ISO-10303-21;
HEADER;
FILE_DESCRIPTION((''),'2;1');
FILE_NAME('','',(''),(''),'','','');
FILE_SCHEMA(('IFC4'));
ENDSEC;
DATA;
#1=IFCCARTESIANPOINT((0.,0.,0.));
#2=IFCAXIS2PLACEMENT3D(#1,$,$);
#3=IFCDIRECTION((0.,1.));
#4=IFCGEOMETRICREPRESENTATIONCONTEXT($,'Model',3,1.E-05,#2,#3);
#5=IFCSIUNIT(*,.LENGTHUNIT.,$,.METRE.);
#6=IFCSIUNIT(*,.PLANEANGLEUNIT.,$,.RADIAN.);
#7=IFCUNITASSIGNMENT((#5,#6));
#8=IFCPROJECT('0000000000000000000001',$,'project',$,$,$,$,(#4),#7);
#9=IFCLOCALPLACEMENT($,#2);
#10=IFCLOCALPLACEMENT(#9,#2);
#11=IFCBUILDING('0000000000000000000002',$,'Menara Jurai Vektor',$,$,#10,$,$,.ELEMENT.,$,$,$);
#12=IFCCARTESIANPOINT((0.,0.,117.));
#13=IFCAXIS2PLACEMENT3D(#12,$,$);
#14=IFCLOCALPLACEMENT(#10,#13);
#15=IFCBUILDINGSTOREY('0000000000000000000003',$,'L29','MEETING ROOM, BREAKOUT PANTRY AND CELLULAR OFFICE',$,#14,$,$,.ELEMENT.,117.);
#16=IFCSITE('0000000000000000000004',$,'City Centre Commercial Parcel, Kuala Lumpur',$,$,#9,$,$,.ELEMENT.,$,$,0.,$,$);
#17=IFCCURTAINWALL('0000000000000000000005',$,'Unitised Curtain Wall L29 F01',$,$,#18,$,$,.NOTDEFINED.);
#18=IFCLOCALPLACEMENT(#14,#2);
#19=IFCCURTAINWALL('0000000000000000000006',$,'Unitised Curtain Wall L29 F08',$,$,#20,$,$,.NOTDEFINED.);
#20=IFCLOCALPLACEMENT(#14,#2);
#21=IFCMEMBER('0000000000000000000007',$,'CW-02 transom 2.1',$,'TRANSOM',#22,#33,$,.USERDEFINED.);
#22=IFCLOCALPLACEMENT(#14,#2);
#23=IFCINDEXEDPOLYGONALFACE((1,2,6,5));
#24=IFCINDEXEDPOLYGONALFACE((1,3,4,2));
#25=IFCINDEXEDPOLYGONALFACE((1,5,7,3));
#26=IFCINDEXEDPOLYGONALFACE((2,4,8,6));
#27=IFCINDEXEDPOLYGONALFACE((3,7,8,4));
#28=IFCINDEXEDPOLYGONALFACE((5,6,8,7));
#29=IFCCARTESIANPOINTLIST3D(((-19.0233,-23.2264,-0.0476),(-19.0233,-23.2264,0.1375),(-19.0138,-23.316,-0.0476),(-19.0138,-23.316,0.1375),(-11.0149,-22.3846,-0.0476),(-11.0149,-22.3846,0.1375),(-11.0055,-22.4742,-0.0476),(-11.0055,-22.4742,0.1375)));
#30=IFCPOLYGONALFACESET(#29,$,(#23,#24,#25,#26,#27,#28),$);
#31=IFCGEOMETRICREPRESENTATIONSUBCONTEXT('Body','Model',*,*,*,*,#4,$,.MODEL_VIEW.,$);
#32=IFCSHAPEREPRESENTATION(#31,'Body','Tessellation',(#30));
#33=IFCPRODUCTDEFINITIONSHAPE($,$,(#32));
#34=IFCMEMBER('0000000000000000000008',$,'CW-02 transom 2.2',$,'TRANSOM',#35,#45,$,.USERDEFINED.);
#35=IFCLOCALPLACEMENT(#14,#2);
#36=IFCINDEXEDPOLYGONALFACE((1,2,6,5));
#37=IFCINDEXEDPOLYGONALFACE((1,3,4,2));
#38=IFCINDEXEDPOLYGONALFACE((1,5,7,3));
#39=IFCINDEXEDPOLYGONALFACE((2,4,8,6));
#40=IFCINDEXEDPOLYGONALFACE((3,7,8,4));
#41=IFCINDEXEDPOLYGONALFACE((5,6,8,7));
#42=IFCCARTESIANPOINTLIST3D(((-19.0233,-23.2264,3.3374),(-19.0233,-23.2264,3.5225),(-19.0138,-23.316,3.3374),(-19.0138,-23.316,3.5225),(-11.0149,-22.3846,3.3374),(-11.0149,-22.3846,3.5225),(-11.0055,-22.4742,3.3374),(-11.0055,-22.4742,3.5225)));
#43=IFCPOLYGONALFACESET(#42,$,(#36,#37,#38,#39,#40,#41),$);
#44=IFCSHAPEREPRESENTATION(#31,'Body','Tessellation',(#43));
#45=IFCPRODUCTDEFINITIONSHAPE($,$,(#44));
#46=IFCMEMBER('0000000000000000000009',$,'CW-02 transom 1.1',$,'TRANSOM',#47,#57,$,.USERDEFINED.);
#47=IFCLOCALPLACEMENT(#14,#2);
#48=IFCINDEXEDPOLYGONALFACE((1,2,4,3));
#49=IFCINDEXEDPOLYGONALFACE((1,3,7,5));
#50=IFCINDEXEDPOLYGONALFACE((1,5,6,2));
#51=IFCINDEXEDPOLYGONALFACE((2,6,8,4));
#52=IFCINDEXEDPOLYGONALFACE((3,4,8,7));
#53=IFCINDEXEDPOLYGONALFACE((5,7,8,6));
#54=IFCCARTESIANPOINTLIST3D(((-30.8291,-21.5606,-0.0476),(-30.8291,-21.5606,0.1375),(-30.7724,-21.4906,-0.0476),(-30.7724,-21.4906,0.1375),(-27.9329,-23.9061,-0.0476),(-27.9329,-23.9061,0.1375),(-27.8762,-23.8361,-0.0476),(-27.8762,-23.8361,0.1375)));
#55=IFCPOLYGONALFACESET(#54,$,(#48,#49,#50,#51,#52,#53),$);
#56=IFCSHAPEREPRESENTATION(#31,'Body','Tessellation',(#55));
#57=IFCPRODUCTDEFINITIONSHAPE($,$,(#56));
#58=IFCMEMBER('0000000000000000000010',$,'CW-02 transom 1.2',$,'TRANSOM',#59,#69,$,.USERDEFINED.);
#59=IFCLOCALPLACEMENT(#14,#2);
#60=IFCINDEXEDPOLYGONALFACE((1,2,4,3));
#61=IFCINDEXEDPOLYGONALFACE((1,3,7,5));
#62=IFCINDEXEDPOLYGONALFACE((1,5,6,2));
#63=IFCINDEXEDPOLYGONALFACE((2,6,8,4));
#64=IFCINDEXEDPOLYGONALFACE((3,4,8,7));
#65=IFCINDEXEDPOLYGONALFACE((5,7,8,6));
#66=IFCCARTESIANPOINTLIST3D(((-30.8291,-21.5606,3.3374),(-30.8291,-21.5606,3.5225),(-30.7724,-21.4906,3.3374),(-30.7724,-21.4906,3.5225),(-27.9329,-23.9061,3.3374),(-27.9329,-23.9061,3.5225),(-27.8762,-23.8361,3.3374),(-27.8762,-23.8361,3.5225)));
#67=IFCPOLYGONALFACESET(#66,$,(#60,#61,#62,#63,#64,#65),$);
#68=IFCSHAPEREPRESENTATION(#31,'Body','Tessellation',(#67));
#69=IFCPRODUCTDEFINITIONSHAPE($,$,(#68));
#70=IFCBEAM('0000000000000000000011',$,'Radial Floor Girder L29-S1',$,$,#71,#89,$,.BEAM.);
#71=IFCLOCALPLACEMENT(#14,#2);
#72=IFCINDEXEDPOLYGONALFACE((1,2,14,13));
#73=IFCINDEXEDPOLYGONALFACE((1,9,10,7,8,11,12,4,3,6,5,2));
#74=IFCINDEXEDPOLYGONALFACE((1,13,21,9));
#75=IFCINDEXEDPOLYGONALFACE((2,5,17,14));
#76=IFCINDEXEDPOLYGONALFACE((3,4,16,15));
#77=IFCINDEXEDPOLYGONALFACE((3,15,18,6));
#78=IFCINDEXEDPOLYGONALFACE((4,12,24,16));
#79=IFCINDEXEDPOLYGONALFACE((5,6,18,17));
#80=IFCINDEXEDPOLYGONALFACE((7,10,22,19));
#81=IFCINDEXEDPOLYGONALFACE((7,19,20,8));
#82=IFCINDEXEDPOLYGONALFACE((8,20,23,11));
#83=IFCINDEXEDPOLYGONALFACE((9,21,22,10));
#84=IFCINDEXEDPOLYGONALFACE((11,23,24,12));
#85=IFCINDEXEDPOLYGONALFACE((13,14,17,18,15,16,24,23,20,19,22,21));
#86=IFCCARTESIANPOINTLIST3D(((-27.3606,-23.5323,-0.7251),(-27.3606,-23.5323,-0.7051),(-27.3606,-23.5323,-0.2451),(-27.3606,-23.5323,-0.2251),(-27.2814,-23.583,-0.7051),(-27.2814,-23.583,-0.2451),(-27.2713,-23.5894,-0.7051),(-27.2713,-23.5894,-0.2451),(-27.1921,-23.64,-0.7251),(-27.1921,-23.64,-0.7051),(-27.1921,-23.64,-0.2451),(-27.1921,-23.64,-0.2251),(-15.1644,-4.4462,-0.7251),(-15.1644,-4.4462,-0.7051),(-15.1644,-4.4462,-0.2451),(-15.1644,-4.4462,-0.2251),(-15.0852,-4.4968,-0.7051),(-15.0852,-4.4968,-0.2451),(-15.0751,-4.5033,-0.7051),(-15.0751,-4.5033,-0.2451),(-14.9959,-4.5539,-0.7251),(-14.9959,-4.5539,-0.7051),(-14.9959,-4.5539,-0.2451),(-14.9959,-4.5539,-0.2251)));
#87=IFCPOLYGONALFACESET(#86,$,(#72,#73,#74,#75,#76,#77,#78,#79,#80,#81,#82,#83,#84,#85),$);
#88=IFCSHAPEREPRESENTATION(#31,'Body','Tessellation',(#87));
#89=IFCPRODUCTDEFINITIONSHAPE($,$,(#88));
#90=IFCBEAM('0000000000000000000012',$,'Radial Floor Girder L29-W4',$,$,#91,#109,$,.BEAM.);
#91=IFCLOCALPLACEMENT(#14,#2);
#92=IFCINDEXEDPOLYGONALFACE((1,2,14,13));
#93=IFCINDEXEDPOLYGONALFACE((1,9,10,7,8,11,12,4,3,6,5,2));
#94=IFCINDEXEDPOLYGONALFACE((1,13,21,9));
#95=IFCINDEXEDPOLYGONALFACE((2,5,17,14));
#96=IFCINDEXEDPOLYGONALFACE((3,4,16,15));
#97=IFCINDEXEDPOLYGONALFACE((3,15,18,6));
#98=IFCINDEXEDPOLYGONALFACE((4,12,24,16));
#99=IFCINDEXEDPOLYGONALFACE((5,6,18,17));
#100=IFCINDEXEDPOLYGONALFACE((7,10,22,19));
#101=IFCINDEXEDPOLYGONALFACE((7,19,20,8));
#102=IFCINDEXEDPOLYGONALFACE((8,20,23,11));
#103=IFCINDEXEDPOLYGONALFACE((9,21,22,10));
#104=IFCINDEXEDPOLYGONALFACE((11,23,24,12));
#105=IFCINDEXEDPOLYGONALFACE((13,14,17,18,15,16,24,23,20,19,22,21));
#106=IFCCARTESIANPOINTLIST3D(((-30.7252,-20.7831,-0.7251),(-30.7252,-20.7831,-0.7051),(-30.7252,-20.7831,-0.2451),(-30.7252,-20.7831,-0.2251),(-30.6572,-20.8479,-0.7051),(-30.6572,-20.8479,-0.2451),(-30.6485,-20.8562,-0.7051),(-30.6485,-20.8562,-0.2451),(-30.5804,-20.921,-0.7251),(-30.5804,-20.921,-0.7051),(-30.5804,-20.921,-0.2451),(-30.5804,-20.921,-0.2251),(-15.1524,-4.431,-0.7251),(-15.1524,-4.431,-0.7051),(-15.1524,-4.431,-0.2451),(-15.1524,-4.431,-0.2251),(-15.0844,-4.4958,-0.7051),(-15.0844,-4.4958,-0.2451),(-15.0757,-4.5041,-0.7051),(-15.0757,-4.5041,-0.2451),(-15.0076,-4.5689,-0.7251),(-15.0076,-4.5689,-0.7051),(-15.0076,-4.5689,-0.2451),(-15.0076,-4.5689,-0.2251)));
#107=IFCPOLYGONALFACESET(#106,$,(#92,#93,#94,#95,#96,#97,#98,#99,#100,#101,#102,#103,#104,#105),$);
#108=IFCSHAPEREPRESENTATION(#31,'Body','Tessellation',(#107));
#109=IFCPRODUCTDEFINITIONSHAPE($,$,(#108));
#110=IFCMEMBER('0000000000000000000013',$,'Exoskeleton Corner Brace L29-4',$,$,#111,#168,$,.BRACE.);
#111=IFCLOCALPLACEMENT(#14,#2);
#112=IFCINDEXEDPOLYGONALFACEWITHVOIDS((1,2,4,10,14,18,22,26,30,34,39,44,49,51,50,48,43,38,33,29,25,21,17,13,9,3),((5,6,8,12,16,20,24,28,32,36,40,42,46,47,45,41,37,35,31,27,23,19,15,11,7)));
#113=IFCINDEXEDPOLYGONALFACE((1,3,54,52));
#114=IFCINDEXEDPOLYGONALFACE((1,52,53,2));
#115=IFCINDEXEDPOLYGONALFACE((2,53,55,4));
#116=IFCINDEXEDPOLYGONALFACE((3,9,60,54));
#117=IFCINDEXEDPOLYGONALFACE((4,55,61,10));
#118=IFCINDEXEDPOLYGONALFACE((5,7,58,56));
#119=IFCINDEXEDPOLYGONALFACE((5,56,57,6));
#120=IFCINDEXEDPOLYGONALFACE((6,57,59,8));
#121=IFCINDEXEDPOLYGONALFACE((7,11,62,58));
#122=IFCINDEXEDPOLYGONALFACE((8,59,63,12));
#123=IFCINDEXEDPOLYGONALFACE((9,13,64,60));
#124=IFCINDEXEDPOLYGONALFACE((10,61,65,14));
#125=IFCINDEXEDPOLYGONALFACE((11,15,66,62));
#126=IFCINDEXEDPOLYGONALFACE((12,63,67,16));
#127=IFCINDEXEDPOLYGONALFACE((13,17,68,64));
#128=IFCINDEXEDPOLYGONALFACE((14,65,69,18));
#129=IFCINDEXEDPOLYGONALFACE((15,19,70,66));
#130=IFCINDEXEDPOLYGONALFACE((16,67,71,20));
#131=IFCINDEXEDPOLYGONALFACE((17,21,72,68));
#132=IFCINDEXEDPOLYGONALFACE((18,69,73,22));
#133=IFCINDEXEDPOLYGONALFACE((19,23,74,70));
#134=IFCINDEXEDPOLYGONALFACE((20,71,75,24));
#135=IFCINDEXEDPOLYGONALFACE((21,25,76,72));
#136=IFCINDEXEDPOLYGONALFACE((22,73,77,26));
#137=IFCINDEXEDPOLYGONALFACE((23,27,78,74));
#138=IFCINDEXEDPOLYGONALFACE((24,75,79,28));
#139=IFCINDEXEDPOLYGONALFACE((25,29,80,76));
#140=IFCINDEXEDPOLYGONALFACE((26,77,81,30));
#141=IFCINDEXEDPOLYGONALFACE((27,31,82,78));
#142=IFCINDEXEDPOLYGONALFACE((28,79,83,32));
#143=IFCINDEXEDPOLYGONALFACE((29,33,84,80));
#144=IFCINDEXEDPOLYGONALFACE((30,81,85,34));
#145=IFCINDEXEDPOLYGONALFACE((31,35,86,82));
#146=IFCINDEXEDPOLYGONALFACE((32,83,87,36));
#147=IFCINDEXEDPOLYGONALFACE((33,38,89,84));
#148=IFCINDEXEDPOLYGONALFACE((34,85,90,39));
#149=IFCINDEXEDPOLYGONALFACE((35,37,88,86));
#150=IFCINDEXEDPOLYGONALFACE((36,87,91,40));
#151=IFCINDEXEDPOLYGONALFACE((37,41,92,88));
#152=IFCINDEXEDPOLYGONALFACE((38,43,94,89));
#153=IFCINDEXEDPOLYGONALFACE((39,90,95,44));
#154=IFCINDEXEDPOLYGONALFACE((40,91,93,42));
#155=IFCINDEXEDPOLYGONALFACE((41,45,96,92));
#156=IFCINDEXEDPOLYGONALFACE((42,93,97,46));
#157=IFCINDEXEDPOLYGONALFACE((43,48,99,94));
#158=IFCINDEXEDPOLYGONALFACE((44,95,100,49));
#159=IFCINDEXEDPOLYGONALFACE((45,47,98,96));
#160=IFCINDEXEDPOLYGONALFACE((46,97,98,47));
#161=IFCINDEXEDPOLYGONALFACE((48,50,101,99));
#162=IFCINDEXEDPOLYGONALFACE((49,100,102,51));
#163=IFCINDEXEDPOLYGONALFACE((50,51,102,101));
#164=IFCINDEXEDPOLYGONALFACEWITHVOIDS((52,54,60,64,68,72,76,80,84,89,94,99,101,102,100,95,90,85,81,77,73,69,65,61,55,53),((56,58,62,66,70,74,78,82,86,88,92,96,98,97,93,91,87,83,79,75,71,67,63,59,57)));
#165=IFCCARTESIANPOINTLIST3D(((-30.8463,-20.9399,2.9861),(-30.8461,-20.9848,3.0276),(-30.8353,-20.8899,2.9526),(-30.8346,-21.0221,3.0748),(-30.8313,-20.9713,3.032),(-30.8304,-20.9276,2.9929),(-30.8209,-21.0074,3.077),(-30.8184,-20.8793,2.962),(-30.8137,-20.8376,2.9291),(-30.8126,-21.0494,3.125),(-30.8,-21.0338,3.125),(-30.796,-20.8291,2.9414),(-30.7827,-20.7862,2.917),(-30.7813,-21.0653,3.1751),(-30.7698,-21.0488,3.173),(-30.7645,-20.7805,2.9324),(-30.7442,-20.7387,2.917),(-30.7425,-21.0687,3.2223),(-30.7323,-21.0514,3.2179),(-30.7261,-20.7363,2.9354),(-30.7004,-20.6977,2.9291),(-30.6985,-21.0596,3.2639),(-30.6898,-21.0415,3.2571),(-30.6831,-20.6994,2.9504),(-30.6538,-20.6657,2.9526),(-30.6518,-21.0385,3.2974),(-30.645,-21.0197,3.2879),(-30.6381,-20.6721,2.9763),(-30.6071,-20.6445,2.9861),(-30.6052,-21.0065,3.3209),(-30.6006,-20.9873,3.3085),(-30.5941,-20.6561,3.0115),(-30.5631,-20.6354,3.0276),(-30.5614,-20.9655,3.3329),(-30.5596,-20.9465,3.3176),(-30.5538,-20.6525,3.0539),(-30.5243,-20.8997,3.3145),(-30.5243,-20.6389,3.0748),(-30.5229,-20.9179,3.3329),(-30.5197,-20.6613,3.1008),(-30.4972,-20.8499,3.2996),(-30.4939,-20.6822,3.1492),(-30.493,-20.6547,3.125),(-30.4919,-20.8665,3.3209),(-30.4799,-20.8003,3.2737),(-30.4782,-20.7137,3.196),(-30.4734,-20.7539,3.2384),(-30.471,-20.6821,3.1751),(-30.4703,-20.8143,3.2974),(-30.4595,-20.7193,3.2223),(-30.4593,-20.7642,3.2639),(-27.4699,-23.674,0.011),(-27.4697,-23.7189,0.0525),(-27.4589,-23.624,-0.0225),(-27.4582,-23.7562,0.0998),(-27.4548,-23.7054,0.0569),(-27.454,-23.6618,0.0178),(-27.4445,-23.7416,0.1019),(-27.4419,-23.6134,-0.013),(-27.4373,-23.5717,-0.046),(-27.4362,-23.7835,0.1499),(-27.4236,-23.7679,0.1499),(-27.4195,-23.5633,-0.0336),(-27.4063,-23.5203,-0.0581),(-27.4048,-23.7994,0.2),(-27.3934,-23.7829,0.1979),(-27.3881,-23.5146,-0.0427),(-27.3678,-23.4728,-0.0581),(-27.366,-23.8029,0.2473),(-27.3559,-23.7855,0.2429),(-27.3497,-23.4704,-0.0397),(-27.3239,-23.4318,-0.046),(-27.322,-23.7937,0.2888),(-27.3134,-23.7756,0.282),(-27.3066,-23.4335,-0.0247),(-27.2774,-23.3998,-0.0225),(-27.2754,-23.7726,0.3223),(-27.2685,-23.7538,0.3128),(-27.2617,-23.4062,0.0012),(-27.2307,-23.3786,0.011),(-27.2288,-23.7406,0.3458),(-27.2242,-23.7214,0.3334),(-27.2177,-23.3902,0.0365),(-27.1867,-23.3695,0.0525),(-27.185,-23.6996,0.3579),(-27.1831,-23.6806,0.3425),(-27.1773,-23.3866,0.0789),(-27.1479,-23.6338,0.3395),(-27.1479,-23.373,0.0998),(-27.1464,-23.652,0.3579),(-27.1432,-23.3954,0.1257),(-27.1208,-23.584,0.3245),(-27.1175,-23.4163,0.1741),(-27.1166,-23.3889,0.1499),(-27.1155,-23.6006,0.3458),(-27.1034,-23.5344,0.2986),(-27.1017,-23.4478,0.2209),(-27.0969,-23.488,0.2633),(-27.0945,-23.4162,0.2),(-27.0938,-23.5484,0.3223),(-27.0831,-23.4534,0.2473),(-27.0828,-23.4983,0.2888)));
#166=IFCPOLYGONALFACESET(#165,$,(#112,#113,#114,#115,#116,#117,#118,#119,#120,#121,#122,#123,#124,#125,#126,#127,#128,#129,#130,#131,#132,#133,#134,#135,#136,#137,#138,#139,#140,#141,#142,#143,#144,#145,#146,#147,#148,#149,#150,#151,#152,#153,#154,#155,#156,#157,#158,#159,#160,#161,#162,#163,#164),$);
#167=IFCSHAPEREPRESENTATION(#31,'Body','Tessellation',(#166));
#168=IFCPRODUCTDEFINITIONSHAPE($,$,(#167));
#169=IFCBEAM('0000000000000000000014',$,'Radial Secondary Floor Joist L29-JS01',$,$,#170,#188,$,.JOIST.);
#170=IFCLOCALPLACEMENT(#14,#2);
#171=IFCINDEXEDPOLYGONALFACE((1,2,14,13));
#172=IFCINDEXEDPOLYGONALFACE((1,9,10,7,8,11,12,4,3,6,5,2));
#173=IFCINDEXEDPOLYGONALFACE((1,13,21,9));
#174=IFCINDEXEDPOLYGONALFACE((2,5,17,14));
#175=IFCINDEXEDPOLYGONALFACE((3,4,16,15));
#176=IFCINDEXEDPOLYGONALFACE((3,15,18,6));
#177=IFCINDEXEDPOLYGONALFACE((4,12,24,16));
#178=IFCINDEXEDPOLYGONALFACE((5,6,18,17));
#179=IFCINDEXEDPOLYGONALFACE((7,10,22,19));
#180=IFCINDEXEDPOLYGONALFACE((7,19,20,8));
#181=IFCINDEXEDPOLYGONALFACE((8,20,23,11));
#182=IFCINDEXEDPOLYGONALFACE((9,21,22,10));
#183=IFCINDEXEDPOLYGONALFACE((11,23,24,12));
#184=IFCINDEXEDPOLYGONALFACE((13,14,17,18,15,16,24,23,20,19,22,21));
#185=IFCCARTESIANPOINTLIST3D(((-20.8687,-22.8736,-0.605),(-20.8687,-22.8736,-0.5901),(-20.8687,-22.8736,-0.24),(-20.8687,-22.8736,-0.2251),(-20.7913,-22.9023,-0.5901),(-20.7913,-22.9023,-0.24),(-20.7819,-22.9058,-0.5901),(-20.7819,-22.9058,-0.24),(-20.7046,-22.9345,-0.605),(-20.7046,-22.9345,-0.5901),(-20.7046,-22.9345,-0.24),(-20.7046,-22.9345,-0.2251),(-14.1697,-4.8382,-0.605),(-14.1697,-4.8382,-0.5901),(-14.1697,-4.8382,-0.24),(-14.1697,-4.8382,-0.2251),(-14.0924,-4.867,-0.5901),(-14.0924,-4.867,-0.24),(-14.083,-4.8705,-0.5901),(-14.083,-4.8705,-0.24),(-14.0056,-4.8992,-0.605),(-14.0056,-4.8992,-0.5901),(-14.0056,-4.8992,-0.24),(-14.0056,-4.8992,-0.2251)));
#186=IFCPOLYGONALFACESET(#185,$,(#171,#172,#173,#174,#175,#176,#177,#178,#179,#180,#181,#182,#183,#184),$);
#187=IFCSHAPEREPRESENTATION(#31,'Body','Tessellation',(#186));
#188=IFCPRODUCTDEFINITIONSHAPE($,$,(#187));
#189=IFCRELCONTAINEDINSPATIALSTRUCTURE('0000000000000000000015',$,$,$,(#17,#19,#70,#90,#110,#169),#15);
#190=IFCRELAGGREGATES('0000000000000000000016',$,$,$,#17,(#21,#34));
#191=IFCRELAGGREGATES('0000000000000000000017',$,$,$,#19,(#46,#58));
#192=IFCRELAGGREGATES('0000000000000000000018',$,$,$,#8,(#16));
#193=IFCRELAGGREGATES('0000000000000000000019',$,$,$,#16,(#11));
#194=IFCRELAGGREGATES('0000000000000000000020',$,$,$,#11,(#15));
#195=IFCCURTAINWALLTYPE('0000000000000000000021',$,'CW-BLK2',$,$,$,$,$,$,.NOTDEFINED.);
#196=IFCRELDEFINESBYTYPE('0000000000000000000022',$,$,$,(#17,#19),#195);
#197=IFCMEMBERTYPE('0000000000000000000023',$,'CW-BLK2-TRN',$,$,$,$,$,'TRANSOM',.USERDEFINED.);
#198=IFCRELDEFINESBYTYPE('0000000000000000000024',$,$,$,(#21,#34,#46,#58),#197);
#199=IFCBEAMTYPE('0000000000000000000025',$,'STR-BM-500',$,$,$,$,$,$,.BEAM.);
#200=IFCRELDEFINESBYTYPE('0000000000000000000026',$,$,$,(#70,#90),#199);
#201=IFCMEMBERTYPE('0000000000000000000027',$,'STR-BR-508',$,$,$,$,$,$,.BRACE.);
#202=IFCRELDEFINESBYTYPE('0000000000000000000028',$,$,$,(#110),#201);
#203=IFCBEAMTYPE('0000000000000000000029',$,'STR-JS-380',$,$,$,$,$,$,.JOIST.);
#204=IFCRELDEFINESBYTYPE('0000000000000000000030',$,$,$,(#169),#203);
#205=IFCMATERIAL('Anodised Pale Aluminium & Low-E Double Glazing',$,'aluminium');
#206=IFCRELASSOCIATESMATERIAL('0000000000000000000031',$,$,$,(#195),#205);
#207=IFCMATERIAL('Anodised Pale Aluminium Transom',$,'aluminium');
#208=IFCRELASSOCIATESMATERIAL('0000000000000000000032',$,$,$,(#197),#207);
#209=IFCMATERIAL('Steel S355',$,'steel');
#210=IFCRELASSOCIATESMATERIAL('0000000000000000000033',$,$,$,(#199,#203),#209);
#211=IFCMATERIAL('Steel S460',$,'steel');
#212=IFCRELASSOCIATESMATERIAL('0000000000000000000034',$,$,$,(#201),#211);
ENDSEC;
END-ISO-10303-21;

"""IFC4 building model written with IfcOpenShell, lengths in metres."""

from ifc_helpers import new_model, si_unit, direction, frame, origin, origin_2d, place, context, subcontext, project, spatial, rectangle, hollow_circle, i_section, extrude, material, material_profile, profile_set, type_object, element, aggregate, save


model = new_model("IFC4")

# Units and contexts
model_context = context("Model", 3, precision=1e-05, world=origin(), true_north=direction((0.0, 1.0)))
body_context = subcontext(model_context, "Body", "Model", "MODEL_VIEW")
ifc_project = project(units=[si_unit("LENGTHUNIT", "METRE"), si_unit("PLANEANGLEUNIT", "RADIAN")], contexts=[model_context])

# Site, building, storey
site_placement = place(None, origin())
site = spatial("IfcSite", under=ifc_project, at=site_placement, Name="City Centre Commercial Parcel, Kuala Lumpur", CompositionType="ELEMENT", RefElevation=0.0)
building_placement = place(site_placement, origin())
building = spatial("IfcBuilding", under=site, at=building_placement, Name="Menara Jurai Vektor", CompositionType="ELEMENT")
storey_placement = place(building_placement, frame((0.0, 0.0, 117.0)))
storey = spatial("IfcBuildingStorey", under=building, at=storey_placement, Name="L29", Description="MEETING ROOM, BREAKOUT PANTRY AND CELLULAR OFFICE", CompositionType="ELEMENT", Elevation=117.0)

# Shared definitions
ifc_material_1 = material(Name="Steel S460", Category="steel")

# Curtain wall
ifc_material_2 = material(Name="Anodised Pale Aluminium & Low-E Double Glazing", Category="aluminium")
curtain_wall_type = type_object("IfcCurtainWallType", Name="CW-BLK2", PredefinedType="NOTDEFINED", material=ifc_material_2)
curtain_wall_1_placement = place(storey_placement, origin())
curtain_wall_1 = element("IfcCurtainWall", 1, at=curtain_wall_1_placement, inside=storey, type_object=curtain_wall_type, Name="Unitised Curtain Wall L29 F01", PredefinedType="NOTDEFINED")

# Curtain wall
curtain_wall_2_placement = place(storey_placement, origin())
curtain_wall_2 = element("IfcCurtainWall", 2, at=curtain_wall_2_placement, inside=storey, type_object=curtain_wall_type, Name="Unitised Curtain Wall L29 F08", PredefinedType="NOTDEFINED")

# Members
ifc_material_3 = material(Name="Anodised Pale Aluminium Transom", Category="aluminium")
ifc_material_profile_1 = material_profile(ifc_material_3, rectangle(XDim=0.0901, YDim=0.1851, at=origin_2d()), Name="ALU TRN 90x185")
ifc_profile_set_1 = profile_set([ifc_material_profile_1], Name="Anodised Pale Aluminium Transom")
member_type_1 = type_object("IfcMemberType", Name="CW-BLK2-TRN", ElementType="TRANSOM", PredefinedType="USERDEFINED", material=ifc_profile_set_1)
member_1_placement = place(storey_placement, frame((-19.0186, -23.2712, 0.0449), z_axis=(0.994521, 0.10454, 0.0), x_axis=(-0.10454, 0.994521, 0.0)))
member_1 = element("IfcMember", 3, at=member_1_placement, type_object=member_type_1, Name="CW-02 transom 2.1", ObjectType="TRANSOM", PredefinedType="USERDEFINED", context=body_context, shape_type="SweptSolid", body=[
    extrude(rectangle(XDim=0.0901, YDim=0.1851, at=origin_2d()), origin(), (0.0, 0.0, 1.0), 8.0525),
])
member_2_placement = place(storey_placement, frame((-19.0186, -23.2712, 3.4299), z_axis=(0.994521, 0.10454, 0.0), x_axis=(-0.10454, 0.994521, 0.0)))
member_2 = element("IfcMember", 4, at=member_2_placement, type_object=member_type_1, Name="CW-02 transom 2.2", ObjectType="TRANSOM", PredefinedType="USERDEFINED", context=body_context, shape_type="SweptSolid", body=[
    extrude(rectangle(XDim=0.0901, YDim=0.1851, at=origin_2d()), origin(), (0.0, 0.0, 1.0), 8.0525),
])
member_3_placement = place(storey_placement, frame((-30.8008, -21.5256, 0.0449), z_axis=(0.777129, -0.629341, 0.0), x_axis=(0.629341, 0.777129, 0.0)))
member_3 = element("IfcMember", 5, at=member_3_placement, type_object=member_type_1, Name="CW-02 transom 1.1", ObjectType="TRANSOM", PredefinedType="USERDEFINED", context=body_context, shape_type="SweptSolid", body=[
    extrude(rectangle(XDim=0.0901, YDim=0.1851, at=origin_2d()), origin(), (0.0, 0.0, 1.0), 3.7268),
])
member_4_placement = place(storey_placement, frame((-30.8008, -21.5256, 3.4299), z_axis=(0.777129, -0.629341, 0.0), x_axis=(0.629341, 0.777129, 0.0)))
member_4 = element("IfcMember", 6, at=member_4_placement, type_object=member_type_1, Name="CW-02 transom 1.2", ObjectType="TRANSOM", PredefinedType="USERDEFINED", context=body_context, shape_type="SweptSolid", body=[
    extrude(rectangle(XDim=0.0901, YDim=0.1851, at=origin_2d()), origin(), (0.0, 0.0, 1.0), 3.7268),
])

# Beams
ifc_material_4 = material(Name="Steel S355", Category="steel")
ifc_material_profile_2 = material_profile(ifc_material_4, i_section(OverallWidth=0.2, OverallDepth=0.5, WebThickness=0.012, FlangeThickness=0.02, at=origin_2d()), Name="PG 500x200x96")
ifc_profile_set_2 = profile_set([ifc_material_profile_2], Name="Steel S355")
beam_type_1 = type_object("IfcBeamType", Name="STR-BM-500", PredefinedType="BEAM", material=ifc_profile_set_2)
beam_1_placement = place(storey_placement, frame((-27.2764, -23.5862, -0.4751), z_axis=(0.538463, 0.842649, 0.0), x_axis=(-0.842649, 0.538463, 0.0)))
element("IfcBeam", 7, at=beam_1_placement, inside=storey, type_object=beam_type_1, Name="Radial Floor Girder L29-S1", PredefinedType="BEAM", context=body_context, shape_type="SweptSolid", body=[
    extrude(i_section(OverallWidth=0.2, OverallDepth=0.5, WebThickness=0.012, FlangeThickness=0.02, at=origin_2d()), origin(), (0.0, 0.0, 1.0), 22.6501),
])
beam_2_placement = place(storey_placement, frame((-30.6528, -20.8521, -0.4751), z_axis=(0.689641, 0.724152, 0.0), x_axis=(-0.724152, 0.689641, 0.0)))
element("IfcBeam", 8, at=beam_2_placement, inside=storey, type_object=beam_type_1, Name="Radial Floor Girder L29-W4", PredefinedType="BEAM", context=body_context, shape_type="SweptSolid", body=[
    extrude(i_section(OverallWidth=0.2, OverallDepth=0.5, WebThickness=0.012, FlangeThickness=0.02, at=origin_2d()), origin(), (0.0, 0.0, 1.0), 22.5811),
])

# Member
ifc_material_profile_3 = material_profile(ifc_material_1, hollow_circle(Radius=0.2539, WallThickness=0.02, at=origin_2d()), Name="CHS 508x20")
ifc_profile_set_3 = profile_set([ifc_material_profile_3], Name="Steel S460")
member_type_2 = type_object("IfcMemberType", Name="STR-BR-508", PredefinedType="BRACE", material=ifc_profile_set_3)
member_5_placement = place(storey_placement, frame((-27.2764, -23.5862, 0.1499), z_axis=(-0.641223, 0.519238, 0.565), x_axis=(-0.62931, -0.777155, 0.0)))
element("IfcMember", 9, at=member_5_placement, inside=storey, type_object=member_type_2, Name="Exoskeleton Corner Brace L29-4", PredefinedType="BRACE", context=body_context, shape_type="SweptSolid", body=[
    extrude(hollow_circle(Radius=0.2539, WallThickness=0.02, at=origin_2d()), origin(), (0.0, 0.0, 1.0), 5.2656),
])

# Beam
ifc_material_profile_4 = material_profile(ifc_material_4, i_section(OverallWidth=0.175, OverallDepth=0.3799, WebThickness=0.01, FlangeThickness=0.0149, at=origin_2d()), Name="PG 380x175x58")
ifc_profile_set_4 = profile_set([ifc_material_profile_4], Name="Steel S355")
beam_type_2 = type_object("IfcBeamType", Name="STR-JS-380", PredefinedType="JOIST", material=ifc_profile_set_4)
beam_3_placement = place(storey_placement, frame((-20.7866, -22.9041, -0.415), z_axis=(0.348192, 0.937423, 0.0), x_axis=(-0.937423, 0.348192, 0.0)))
element("IfcBeam", 10, at=beam_3_placement, inside=storey, type_object=beam_type_2, Name="Radial Secondary Floor Joist L29-JS01", PredefinedType="JOIST", context=body_context, shape_type="SweptSolid", body=[
    extrude(i_section(OverallWidth=0.175, OverallDepth=0.3799, WebThickness=0.01, FlangeThickness=0.0149, at=origin_2d()), origin(), (0.0, 0.0, 1.0), 19.2393),
])

aggregate(curtain_wall_1, [member_1, member_2])
aggregate(curtain_wall_2, [member_3, member_4])

save(model, "model.ifc")
